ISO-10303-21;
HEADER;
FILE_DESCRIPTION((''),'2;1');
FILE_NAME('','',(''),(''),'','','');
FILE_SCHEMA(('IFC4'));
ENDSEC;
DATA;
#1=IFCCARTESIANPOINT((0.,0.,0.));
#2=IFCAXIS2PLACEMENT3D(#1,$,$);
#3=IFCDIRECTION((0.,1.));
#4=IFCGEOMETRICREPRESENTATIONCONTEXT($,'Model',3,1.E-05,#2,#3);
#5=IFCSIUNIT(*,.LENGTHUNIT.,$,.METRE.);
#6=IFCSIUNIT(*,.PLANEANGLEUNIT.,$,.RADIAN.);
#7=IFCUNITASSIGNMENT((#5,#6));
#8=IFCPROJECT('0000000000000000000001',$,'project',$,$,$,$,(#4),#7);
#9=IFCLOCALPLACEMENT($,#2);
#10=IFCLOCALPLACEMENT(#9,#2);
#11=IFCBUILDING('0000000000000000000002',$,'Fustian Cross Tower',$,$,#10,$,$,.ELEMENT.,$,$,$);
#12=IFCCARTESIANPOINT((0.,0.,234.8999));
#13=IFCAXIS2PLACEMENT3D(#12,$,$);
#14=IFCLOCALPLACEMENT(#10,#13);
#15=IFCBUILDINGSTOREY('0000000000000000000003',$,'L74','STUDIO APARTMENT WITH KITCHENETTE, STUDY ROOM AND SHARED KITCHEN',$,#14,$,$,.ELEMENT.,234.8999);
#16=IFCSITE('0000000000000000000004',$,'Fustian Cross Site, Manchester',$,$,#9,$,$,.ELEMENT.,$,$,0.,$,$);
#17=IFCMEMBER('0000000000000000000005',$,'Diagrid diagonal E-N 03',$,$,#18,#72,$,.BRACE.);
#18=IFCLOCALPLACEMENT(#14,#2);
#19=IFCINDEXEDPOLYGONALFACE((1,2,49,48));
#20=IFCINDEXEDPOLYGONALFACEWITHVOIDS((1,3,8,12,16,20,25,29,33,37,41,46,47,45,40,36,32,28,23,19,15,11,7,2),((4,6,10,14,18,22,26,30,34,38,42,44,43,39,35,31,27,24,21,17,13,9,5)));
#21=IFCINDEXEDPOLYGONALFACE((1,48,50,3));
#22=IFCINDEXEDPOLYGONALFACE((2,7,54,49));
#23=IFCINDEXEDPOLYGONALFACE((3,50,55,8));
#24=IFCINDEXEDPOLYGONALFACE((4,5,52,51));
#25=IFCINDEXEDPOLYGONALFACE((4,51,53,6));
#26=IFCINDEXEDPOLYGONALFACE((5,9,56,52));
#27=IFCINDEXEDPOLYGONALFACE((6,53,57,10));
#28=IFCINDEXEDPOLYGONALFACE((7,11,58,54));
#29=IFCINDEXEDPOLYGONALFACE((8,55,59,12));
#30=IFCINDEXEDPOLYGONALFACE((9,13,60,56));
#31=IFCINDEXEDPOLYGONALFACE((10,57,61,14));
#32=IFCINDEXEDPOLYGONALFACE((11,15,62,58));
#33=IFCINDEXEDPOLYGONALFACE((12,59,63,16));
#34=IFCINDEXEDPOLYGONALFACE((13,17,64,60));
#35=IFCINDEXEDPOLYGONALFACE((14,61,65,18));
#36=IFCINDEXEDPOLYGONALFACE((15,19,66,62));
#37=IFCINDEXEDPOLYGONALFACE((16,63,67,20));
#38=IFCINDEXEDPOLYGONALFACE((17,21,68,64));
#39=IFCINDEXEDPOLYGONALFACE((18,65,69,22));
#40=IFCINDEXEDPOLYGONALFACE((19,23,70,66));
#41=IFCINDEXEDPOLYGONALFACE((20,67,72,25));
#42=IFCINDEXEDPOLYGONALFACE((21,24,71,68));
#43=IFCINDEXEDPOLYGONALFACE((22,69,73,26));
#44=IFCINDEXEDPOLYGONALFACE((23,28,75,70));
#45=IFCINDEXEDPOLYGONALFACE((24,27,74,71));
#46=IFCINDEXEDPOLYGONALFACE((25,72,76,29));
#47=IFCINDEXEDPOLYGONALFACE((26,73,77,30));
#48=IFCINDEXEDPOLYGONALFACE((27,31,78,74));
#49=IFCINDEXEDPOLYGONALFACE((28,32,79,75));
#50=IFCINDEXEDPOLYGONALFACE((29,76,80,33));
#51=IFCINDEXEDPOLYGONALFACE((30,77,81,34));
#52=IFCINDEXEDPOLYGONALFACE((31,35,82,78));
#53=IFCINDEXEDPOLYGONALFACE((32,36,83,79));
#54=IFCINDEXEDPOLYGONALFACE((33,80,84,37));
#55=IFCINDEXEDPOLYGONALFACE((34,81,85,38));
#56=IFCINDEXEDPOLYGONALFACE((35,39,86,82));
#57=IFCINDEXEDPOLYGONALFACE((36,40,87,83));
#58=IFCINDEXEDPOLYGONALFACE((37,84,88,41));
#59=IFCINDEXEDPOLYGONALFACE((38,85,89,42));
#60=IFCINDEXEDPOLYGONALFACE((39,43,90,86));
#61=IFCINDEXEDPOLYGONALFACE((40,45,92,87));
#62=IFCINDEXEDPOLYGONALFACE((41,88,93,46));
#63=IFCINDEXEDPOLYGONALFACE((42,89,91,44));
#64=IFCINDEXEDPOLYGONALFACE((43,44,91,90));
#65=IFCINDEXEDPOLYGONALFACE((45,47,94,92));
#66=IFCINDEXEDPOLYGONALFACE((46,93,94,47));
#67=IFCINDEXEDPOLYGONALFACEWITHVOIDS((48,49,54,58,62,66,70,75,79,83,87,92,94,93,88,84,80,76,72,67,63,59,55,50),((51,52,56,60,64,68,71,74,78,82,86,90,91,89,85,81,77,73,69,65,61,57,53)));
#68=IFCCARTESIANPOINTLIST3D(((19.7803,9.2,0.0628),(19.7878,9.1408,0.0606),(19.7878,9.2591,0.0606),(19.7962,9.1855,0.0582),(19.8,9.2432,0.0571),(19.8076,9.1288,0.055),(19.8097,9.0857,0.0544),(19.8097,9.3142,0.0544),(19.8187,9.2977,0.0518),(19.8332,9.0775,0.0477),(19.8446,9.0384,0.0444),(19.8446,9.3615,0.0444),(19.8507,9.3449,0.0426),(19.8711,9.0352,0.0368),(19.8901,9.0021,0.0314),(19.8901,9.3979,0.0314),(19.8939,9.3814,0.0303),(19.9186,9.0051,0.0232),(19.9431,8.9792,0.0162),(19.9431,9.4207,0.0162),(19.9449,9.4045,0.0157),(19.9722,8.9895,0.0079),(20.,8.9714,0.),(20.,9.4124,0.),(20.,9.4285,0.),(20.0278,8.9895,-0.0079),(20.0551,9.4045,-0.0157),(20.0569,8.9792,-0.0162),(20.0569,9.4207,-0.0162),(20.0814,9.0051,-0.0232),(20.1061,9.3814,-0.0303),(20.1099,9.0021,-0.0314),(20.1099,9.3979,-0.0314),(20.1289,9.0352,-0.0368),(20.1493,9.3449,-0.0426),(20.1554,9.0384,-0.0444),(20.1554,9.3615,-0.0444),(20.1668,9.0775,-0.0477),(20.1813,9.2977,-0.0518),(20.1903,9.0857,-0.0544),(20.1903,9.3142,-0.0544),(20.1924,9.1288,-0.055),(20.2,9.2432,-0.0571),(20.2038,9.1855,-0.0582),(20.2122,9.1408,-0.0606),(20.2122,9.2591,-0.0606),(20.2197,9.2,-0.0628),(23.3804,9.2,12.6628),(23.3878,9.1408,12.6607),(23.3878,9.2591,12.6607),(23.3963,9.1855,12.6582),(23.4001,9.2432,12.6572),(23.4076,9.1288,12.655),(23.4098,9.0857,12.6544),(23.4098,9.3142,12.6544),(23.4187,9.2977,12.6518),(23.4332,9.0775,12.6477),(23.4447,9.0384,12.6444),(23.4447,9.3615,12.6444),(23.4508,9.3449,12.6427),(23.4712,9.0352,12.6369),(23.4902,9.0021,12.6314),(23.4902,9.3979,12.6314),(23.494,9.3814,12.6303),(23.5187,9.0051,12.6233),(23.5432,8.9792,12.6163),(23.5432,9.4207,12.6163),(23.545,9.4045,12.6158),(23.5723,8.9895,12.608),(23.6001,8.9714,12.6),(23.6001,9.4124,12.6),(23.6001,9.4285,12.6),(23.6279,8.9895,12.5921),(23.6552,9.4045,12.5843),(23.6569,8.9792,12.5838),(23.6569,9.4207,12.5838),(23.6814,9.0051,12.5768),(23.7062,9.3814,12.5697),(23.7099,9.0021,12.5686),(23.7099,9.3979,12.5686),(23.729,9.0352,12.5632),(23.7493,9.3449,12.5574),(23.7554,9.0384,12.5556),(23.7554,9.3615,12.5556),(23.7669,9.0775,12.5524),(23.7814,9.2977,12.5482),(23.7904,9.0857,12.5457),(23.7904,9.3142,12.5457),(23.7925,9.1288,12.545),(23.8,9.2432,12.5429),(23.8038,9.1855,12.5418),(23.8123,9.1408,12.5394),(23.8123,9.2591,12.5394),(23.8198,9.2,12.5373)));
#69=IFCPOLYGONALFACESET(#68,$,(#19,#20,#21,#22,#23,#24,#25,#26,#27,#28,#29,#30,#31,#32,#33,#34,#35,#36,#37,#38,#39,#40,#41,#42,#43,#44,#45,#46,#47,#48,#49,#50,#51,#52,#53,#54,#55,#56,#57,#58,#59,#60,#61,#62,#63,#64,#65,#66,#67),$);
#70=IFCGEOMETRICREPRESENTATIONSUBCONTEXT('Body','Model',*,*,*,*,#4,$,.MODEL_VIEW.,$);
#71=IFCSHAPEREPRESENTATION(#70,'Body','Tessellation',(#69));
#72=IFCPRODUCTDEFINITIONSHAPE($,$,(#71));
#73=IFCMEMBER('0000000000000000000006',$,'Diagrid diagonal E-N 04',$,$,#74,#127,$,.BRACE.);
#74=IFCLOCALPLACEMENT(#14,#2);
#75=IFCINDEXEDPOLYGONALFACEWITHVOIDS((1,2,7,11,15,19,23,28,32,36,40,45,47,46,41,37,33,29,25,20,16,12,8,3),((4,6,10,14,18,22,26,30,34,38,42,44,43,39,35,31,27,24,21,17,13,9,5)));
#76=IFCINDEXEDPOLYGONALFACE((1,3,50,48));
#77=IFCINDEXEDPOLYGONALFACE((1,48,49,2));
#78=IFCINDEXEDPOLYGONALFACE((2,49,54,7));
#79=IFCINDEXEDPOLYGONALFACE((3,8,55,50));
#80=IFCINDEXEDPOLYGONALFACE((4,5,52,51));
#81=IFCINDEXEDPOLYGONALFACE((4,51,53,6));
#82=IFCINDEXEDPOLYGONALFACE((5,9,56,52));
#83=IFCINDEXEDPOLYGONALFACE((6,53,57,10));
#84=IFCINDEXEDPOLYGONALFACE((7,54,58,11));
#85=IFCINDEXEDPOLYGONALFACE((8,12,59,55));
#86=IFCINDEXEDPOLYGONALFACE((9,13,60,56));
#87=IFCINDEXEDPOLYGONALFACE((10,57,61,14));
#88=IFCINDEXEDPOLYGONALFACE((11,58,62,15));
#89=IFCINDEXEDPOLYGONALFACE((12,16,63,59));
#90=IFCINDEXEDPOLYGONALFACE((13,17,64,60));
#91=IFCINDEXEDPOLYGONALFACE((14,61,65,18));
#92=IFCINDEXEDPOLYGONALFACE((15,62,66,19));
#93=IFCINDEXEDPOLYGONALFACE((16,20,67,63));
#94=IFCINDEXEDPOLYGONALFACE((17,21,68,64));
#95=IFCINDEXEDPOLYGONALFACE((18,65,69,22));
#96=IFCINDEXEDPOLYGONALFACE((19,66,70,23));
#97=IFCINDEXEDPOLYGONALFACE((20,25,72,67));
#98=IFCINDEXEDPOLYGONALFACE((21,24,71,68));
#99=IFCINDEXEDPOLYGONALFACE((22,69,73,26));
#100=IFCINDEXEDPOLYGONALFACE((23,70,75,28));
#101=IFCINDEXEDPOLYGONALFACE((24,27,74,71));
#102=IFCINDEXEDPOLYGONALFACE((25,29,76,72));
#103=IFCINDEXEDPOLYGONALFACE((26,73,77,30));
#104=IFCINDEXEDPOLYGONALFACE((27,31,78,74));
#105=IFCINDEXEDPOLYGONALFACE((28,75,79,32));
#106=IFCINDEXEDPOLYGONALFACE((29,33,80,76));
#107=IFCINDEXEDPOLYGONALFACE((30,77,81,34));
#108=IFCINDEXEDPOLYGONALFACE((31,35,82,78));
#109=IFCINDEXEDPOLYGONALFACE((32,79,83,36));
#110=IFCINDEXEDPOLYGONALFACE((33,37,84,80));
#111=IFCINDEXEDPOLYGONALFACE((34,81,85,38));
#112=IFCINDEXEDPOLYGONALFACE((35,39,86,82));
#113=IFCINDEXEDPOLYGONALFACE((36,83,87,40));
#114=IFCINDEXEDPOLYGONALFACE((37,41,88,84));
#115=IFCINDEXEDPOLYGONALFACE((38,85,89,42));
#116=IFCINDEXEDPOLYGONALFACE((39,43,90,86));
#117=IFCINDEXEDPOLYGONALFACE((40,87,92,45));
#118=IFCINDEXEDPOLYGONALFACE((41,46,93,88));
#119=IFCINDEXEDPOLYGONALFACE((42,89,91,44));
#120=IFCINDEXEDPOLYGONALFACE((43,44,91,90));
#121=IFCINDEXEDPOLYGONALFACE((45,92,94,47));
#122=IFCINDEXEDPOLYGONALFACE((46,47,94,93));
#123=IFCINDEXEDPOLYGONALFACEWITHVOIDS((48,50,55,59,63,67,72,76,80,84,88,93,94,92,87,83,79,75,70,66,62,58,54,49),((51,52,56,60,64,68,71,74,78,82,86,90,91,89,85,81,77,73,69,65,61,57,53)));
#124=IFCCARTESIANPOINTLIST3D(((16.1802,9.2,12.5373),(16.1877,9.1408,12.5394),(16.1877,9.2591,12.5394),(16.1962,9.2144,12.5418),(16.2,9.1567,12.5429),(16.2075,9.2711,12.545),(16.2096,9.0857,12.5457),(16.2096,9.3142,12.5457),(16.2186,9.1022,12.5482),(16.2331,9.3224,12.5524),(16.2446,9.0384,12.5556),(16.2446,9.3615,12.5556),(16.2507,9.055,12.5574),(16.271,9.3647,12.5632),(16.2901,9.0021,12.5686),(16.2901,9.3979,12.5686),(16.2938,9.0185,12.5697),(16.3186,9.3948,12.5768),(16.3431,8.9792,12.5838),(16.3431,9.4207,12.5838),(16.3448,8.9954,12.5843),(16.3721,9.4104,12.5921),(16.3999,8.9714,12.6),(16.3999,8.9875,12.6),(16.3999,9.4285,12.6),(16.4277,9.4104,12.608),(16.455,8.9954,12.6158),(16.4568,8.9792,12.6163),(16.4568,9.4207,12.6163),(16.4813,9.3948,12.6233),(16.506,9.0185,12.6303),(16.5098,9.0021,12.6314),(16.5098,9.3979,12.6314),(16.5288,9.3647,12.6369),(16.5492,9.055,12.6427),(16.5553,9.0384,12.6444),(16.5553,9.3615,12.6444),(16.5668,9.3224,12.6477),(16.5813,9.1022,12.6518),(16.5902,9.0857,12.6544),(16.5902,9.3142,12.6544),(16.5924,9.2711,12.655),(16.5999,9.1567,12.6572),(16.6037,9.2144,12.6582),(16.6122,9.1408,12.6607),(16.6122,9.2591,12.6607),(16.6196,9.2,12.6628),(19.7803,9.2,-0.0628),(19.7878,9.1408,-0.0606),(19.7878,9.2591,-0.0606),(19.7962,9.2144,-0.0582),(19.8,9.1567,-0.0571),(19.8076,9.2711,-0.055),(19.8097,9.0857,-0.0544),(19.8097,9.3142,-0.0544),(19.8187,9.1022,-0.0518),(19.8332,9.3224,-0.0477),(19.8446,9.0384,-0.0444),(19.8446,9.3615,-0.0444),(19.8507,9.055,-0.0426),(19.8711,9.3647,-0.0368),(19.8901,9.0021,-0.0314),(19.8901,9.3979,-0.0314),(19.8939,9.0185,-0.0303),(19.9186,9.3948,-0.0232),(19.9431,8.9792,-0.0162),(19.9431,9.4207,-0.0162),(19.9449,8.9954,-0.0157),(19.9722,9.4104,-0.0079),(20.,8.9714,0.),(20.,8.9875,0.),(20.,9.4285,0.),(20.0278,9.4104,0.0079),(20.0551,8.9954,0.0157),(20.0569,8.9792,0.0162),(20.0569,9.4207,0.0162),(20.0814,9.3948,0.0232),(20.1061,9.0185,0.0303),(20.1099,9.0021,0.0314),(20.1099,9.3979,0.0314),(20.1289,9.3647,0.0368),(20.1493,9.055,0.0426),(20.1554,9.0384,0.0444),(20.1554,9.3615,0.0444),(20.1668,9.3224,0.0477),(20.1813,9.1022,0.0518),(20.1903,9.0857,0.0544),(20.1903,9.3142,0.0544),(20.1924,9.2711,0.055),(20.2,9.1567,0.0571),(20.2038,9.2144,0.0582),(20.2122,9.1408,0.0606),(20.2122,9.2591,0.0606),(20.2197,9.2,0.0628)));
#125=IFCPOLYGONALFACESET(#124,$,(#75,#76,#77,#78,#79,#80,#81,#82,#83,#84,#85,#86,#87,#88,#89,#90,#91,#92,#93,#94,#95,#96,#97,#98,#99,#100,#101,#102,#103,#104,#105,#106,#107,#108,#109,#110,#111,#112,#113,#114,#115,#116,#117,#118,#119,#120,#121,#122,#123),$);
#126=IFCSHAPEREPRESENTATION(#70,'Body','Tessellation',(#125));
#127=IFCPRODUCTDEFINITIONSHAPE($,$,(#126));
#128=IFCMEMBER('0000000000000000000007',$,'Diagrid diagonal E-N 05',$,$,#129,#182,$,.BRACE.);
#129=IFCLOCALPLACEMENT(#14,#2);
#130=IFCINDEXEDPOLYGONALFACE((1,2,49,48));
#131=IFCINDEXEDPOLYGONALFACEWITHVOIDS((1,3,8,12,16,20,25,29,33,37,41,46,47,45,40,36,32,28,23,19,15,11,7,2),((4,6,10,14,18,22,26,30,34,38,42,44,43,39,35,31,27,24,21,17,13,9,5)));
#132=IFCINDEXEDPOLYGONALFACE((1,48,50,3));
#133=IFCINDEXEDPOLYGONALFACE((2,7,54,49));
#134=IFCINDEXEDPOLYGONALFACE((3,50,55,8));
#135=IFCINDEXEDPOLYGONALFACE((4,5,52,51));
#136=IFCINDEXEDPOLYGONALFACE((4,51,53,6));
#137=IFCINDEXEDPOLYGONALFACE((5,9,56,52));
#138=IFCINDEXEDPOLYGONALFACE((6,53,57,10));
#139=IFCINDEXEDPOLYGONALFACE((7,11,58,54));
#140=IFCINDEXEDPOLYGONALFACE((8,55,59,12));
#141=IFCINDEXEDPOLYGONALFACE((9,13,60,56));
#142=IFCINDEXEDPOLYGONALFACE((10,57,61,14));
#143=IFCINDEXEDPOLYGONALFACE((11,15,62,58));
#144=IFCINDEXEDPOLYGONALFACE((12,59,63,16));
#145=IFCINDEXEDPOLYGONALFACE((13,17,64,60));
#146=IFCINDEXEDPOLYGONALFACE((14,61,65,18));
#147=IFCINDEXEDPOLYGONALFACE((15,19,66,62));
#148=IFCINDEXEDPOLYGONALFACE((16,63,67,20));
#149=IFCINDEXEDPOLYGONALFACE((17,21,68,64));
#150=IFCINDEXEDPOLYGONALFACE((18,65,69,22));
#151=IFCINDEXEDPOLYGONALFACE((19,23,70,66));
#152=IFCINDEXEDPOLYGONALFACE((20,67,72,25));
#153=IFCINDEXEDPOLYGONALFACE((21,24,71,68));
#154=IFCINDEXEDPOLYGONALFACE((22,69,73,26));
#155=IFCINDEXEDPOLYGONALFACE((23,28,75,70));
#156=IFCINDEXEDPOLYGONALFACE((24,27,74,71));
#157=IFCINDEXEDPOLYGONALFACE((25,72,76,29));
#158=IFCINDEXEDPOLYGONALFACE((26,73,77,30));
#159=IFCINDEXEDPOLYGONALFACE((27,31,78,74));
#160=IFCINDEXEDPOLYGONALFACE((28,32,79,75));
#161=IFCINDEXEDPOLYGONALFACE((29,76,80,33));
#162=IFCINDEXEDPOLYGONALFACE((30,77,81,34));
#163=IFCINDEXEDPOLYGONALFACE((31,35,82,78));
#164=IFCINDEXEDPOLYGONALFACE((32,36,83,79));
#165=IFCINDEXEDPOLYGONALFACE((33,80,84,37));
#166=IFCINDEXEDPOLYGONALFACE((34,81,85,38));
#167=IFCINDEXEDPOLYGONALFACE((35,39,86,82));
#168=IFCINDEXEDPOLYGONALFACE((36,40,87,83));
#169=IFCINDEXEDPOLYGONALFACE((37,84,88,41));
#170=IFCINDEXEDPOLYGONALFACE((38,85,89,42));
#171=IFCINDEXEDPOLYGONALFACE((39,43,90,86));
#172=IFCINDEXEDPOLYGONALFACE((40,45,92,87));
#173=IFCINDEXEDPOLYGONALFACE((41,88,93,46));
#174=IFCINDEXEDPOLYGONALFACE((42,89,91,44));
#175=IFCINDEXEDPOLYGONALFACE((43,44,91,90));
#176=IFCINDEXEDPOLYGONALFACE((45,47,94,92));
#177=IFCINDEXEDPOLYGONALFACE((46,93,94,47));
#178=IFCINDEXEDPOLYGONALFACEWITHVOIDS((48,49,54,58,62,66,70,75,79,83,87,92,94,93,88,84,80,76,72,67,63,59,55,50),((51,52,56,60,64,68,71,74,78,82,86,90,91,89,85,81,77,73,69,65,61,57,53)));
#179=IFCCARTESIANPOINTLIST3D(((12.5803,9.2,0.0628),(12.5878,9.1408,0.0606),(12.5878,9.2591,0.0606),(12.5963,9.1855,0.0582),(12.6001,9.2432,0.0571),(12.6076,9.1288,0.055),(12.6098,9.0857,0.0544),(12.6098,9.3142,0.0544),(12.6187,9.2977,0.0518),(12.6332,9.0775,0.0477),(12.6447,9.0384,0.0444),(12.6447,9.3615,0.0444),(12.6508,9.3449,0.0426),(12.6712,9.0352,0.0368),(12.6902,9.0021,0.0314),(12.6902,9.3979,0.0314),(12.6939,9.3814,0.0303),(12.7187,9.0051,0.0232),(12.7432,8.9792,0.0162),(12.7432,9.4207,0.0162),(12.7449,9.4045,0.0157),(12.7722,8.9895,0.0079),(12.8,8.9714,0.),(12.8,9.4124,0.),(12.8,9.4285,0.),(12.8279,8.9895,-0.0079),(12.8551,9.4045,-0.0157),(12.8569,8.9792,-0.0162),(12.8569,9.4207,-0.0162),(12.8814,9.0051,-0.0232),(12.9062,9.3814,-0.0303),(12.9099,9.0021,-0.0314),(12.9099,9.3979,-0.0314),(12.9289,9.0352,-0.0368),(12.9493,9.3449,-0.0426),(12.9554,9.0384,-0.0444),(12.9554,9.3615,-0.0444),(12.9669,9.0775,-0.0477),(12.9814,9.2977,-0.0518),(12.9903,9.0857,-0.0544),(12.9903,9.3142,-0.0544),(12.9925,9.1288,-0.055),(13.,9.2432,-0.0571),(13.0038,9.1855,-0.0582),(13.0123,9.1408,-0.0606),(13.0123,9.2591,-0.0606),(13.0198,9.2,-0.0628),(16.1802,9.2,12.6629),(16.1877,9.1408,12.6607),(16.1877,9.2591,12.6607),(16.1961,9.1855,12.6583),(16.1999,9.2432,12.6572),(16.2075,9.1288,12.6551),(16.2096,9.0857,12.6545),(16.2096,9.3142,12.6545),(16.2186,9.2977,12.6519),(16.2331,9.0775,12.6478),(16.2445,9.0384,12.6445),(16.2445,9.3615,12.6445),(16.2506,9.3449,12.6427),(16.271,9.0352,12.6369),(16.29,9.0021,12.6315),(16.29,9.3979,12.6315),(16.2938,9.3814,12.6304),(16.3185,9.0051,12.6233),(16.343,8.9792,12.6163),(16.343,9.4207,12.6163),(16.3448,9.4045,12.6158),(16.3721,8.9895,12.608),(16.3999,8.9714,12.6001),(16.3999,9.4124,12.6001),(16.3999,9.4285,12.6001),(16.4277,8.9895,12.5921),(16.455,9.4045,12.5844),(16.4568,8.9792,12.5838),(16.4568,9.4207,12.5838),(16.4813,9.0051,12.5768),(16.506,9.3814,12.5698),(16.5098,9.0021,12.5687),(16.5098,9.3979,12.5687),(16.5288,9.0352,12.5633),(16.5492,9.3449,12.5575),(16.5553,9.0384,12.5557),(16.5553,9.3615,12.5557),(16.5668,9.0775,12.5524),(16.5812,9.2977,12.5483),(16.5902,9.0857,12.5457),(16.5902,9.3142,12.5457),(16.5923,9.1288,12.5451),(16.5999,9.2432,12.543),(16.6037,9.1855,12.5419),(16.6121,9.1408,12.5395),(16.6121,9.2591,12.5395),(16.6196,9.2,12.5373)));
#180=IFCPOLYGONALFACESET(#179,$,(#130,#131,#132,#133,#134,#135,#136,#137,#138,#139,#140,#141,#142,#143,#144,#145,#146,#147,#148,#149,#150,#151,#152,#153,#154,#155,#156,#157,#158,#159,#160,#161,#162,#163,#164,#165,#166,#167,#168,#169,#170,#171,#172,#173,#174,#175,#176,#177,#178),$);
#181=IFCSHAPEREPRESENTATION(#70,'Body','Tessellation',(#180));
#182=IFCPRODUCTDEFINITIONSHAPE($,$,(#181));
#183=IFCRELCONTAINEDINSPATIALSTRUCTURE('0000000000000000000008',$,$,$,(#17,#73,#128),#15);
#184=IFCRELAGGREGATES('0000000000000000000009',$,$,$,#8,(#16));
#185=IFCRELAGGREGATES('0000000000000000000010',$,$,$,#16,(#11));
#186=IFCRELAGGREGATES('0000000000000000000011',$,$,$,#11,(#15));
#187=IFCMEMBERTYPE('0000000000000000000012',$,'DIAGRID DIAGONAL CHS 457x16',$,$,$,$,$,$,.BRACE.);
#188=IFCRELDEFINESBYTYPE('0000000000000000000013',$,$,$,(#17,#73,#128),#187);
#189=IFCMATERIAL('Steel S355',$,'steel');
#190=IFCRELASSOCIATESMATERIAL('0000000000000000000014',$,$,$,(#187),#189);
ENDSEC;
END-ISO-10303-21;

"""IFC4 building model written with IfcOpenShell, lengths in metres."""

from ifc_helpers import new_model, si_unit, direction, frame, origin, origin_2d, place, context, subcontext, project, spatial, hollow_circle, extrude, material, material_profile, profile_set, type_object, element, save


model = new_model("IFC4")

# Units and contexts
model_context = context("Model", 3, precision=1e-05, world=origin(), true_north=direction((0.0, 1.0)))
body_context = subcontext(model_context, "Body", "Model", "MODEL_VIEW")
ifc_project = project(units=[si_unit("LENGTHUNIT", "METRE"), si_unit("PLANEANGLEUNIT", "RADIAN")], contexts=[model_context])

# Site, building, storey
site_placement = place(None, origin())
site = spatial("IfcSite", under=ifc_project, at=site_placement, Name="Fustian Cross Site, Manchester", CompositionType="ELEMENT", RefElevation=0.0)
building_placement = place(site_placement, origin())
building = spatial("IfcBuilding", under=site, at=building_placement, Name="Fustian Cross Tower", CompositionType="ELEMENT")
storey_placement = place(building_placement, frame((0.0, 0.0, 234.8999)))
storey = spatial("IfcBuildingStorey", under=building, at=storey_placement, Name="L74", Description="STUDIO APARTMENT WITH KITCHENETTE, STUDY ROOM AND SHARED KITCHEN", CompositionType="ELEMENT", Elevation=234.8999)

# Members
ifc_material_1 = material(Name="Steel S355", Category="steel")
ifc_material_profile_1 = material_profile(ifc_material_1, hollow_circle(Radius=0.2285, WallThickness=0.0161, at=origin_2d()), Name="CHS 457x16")
ifc_profile_set_1 = profile_set([ifc_material_profile_1], Name="Steel S355")
member_type_1 = type_object("IfcMemberType", Name="DIAGRID DIAGONAL CHS 457x16", PredefinedType="BRACE", material=ifc_profile_set_1)
for number, where, z_axis, x_axis, name in (
    (1, (20.0, 9.2, 0.0), (0.274726, 0.0, 0.961523), (0.0, 1.0, 0.0), "Diagrid diagonal E-N 03"),
    (2, (20.0, 9.2, 0.0), (-0.274726, 0.0, 0.961523), (0.0, -1.0, 0.0), "Diagrid diagonal E-N 04"),
    (3, (12.8, 9.2, 0.0), (0.274709, 0.0, 0.961527), (0.0, 1.0, 0.0), "Diagrid diagonal E-N 05"),
):
    element("IfcMember", number, at=place(storey_placement, frame(where, z_axis=z_axis, x_axis=x_axis)), inside=storey, type_object=member_type_1, Name=name, PredefinedType="BRACE", context=body_context, shape_type="SweptSolid", body=[
        extrude(hollow_circle(Radius=0.2285, WallThickness=0.0161, at=origin_2d()), origin(), (0.0, 0.0, 1.0), 13.1042),
    ])

save(model, "model.ifc")
